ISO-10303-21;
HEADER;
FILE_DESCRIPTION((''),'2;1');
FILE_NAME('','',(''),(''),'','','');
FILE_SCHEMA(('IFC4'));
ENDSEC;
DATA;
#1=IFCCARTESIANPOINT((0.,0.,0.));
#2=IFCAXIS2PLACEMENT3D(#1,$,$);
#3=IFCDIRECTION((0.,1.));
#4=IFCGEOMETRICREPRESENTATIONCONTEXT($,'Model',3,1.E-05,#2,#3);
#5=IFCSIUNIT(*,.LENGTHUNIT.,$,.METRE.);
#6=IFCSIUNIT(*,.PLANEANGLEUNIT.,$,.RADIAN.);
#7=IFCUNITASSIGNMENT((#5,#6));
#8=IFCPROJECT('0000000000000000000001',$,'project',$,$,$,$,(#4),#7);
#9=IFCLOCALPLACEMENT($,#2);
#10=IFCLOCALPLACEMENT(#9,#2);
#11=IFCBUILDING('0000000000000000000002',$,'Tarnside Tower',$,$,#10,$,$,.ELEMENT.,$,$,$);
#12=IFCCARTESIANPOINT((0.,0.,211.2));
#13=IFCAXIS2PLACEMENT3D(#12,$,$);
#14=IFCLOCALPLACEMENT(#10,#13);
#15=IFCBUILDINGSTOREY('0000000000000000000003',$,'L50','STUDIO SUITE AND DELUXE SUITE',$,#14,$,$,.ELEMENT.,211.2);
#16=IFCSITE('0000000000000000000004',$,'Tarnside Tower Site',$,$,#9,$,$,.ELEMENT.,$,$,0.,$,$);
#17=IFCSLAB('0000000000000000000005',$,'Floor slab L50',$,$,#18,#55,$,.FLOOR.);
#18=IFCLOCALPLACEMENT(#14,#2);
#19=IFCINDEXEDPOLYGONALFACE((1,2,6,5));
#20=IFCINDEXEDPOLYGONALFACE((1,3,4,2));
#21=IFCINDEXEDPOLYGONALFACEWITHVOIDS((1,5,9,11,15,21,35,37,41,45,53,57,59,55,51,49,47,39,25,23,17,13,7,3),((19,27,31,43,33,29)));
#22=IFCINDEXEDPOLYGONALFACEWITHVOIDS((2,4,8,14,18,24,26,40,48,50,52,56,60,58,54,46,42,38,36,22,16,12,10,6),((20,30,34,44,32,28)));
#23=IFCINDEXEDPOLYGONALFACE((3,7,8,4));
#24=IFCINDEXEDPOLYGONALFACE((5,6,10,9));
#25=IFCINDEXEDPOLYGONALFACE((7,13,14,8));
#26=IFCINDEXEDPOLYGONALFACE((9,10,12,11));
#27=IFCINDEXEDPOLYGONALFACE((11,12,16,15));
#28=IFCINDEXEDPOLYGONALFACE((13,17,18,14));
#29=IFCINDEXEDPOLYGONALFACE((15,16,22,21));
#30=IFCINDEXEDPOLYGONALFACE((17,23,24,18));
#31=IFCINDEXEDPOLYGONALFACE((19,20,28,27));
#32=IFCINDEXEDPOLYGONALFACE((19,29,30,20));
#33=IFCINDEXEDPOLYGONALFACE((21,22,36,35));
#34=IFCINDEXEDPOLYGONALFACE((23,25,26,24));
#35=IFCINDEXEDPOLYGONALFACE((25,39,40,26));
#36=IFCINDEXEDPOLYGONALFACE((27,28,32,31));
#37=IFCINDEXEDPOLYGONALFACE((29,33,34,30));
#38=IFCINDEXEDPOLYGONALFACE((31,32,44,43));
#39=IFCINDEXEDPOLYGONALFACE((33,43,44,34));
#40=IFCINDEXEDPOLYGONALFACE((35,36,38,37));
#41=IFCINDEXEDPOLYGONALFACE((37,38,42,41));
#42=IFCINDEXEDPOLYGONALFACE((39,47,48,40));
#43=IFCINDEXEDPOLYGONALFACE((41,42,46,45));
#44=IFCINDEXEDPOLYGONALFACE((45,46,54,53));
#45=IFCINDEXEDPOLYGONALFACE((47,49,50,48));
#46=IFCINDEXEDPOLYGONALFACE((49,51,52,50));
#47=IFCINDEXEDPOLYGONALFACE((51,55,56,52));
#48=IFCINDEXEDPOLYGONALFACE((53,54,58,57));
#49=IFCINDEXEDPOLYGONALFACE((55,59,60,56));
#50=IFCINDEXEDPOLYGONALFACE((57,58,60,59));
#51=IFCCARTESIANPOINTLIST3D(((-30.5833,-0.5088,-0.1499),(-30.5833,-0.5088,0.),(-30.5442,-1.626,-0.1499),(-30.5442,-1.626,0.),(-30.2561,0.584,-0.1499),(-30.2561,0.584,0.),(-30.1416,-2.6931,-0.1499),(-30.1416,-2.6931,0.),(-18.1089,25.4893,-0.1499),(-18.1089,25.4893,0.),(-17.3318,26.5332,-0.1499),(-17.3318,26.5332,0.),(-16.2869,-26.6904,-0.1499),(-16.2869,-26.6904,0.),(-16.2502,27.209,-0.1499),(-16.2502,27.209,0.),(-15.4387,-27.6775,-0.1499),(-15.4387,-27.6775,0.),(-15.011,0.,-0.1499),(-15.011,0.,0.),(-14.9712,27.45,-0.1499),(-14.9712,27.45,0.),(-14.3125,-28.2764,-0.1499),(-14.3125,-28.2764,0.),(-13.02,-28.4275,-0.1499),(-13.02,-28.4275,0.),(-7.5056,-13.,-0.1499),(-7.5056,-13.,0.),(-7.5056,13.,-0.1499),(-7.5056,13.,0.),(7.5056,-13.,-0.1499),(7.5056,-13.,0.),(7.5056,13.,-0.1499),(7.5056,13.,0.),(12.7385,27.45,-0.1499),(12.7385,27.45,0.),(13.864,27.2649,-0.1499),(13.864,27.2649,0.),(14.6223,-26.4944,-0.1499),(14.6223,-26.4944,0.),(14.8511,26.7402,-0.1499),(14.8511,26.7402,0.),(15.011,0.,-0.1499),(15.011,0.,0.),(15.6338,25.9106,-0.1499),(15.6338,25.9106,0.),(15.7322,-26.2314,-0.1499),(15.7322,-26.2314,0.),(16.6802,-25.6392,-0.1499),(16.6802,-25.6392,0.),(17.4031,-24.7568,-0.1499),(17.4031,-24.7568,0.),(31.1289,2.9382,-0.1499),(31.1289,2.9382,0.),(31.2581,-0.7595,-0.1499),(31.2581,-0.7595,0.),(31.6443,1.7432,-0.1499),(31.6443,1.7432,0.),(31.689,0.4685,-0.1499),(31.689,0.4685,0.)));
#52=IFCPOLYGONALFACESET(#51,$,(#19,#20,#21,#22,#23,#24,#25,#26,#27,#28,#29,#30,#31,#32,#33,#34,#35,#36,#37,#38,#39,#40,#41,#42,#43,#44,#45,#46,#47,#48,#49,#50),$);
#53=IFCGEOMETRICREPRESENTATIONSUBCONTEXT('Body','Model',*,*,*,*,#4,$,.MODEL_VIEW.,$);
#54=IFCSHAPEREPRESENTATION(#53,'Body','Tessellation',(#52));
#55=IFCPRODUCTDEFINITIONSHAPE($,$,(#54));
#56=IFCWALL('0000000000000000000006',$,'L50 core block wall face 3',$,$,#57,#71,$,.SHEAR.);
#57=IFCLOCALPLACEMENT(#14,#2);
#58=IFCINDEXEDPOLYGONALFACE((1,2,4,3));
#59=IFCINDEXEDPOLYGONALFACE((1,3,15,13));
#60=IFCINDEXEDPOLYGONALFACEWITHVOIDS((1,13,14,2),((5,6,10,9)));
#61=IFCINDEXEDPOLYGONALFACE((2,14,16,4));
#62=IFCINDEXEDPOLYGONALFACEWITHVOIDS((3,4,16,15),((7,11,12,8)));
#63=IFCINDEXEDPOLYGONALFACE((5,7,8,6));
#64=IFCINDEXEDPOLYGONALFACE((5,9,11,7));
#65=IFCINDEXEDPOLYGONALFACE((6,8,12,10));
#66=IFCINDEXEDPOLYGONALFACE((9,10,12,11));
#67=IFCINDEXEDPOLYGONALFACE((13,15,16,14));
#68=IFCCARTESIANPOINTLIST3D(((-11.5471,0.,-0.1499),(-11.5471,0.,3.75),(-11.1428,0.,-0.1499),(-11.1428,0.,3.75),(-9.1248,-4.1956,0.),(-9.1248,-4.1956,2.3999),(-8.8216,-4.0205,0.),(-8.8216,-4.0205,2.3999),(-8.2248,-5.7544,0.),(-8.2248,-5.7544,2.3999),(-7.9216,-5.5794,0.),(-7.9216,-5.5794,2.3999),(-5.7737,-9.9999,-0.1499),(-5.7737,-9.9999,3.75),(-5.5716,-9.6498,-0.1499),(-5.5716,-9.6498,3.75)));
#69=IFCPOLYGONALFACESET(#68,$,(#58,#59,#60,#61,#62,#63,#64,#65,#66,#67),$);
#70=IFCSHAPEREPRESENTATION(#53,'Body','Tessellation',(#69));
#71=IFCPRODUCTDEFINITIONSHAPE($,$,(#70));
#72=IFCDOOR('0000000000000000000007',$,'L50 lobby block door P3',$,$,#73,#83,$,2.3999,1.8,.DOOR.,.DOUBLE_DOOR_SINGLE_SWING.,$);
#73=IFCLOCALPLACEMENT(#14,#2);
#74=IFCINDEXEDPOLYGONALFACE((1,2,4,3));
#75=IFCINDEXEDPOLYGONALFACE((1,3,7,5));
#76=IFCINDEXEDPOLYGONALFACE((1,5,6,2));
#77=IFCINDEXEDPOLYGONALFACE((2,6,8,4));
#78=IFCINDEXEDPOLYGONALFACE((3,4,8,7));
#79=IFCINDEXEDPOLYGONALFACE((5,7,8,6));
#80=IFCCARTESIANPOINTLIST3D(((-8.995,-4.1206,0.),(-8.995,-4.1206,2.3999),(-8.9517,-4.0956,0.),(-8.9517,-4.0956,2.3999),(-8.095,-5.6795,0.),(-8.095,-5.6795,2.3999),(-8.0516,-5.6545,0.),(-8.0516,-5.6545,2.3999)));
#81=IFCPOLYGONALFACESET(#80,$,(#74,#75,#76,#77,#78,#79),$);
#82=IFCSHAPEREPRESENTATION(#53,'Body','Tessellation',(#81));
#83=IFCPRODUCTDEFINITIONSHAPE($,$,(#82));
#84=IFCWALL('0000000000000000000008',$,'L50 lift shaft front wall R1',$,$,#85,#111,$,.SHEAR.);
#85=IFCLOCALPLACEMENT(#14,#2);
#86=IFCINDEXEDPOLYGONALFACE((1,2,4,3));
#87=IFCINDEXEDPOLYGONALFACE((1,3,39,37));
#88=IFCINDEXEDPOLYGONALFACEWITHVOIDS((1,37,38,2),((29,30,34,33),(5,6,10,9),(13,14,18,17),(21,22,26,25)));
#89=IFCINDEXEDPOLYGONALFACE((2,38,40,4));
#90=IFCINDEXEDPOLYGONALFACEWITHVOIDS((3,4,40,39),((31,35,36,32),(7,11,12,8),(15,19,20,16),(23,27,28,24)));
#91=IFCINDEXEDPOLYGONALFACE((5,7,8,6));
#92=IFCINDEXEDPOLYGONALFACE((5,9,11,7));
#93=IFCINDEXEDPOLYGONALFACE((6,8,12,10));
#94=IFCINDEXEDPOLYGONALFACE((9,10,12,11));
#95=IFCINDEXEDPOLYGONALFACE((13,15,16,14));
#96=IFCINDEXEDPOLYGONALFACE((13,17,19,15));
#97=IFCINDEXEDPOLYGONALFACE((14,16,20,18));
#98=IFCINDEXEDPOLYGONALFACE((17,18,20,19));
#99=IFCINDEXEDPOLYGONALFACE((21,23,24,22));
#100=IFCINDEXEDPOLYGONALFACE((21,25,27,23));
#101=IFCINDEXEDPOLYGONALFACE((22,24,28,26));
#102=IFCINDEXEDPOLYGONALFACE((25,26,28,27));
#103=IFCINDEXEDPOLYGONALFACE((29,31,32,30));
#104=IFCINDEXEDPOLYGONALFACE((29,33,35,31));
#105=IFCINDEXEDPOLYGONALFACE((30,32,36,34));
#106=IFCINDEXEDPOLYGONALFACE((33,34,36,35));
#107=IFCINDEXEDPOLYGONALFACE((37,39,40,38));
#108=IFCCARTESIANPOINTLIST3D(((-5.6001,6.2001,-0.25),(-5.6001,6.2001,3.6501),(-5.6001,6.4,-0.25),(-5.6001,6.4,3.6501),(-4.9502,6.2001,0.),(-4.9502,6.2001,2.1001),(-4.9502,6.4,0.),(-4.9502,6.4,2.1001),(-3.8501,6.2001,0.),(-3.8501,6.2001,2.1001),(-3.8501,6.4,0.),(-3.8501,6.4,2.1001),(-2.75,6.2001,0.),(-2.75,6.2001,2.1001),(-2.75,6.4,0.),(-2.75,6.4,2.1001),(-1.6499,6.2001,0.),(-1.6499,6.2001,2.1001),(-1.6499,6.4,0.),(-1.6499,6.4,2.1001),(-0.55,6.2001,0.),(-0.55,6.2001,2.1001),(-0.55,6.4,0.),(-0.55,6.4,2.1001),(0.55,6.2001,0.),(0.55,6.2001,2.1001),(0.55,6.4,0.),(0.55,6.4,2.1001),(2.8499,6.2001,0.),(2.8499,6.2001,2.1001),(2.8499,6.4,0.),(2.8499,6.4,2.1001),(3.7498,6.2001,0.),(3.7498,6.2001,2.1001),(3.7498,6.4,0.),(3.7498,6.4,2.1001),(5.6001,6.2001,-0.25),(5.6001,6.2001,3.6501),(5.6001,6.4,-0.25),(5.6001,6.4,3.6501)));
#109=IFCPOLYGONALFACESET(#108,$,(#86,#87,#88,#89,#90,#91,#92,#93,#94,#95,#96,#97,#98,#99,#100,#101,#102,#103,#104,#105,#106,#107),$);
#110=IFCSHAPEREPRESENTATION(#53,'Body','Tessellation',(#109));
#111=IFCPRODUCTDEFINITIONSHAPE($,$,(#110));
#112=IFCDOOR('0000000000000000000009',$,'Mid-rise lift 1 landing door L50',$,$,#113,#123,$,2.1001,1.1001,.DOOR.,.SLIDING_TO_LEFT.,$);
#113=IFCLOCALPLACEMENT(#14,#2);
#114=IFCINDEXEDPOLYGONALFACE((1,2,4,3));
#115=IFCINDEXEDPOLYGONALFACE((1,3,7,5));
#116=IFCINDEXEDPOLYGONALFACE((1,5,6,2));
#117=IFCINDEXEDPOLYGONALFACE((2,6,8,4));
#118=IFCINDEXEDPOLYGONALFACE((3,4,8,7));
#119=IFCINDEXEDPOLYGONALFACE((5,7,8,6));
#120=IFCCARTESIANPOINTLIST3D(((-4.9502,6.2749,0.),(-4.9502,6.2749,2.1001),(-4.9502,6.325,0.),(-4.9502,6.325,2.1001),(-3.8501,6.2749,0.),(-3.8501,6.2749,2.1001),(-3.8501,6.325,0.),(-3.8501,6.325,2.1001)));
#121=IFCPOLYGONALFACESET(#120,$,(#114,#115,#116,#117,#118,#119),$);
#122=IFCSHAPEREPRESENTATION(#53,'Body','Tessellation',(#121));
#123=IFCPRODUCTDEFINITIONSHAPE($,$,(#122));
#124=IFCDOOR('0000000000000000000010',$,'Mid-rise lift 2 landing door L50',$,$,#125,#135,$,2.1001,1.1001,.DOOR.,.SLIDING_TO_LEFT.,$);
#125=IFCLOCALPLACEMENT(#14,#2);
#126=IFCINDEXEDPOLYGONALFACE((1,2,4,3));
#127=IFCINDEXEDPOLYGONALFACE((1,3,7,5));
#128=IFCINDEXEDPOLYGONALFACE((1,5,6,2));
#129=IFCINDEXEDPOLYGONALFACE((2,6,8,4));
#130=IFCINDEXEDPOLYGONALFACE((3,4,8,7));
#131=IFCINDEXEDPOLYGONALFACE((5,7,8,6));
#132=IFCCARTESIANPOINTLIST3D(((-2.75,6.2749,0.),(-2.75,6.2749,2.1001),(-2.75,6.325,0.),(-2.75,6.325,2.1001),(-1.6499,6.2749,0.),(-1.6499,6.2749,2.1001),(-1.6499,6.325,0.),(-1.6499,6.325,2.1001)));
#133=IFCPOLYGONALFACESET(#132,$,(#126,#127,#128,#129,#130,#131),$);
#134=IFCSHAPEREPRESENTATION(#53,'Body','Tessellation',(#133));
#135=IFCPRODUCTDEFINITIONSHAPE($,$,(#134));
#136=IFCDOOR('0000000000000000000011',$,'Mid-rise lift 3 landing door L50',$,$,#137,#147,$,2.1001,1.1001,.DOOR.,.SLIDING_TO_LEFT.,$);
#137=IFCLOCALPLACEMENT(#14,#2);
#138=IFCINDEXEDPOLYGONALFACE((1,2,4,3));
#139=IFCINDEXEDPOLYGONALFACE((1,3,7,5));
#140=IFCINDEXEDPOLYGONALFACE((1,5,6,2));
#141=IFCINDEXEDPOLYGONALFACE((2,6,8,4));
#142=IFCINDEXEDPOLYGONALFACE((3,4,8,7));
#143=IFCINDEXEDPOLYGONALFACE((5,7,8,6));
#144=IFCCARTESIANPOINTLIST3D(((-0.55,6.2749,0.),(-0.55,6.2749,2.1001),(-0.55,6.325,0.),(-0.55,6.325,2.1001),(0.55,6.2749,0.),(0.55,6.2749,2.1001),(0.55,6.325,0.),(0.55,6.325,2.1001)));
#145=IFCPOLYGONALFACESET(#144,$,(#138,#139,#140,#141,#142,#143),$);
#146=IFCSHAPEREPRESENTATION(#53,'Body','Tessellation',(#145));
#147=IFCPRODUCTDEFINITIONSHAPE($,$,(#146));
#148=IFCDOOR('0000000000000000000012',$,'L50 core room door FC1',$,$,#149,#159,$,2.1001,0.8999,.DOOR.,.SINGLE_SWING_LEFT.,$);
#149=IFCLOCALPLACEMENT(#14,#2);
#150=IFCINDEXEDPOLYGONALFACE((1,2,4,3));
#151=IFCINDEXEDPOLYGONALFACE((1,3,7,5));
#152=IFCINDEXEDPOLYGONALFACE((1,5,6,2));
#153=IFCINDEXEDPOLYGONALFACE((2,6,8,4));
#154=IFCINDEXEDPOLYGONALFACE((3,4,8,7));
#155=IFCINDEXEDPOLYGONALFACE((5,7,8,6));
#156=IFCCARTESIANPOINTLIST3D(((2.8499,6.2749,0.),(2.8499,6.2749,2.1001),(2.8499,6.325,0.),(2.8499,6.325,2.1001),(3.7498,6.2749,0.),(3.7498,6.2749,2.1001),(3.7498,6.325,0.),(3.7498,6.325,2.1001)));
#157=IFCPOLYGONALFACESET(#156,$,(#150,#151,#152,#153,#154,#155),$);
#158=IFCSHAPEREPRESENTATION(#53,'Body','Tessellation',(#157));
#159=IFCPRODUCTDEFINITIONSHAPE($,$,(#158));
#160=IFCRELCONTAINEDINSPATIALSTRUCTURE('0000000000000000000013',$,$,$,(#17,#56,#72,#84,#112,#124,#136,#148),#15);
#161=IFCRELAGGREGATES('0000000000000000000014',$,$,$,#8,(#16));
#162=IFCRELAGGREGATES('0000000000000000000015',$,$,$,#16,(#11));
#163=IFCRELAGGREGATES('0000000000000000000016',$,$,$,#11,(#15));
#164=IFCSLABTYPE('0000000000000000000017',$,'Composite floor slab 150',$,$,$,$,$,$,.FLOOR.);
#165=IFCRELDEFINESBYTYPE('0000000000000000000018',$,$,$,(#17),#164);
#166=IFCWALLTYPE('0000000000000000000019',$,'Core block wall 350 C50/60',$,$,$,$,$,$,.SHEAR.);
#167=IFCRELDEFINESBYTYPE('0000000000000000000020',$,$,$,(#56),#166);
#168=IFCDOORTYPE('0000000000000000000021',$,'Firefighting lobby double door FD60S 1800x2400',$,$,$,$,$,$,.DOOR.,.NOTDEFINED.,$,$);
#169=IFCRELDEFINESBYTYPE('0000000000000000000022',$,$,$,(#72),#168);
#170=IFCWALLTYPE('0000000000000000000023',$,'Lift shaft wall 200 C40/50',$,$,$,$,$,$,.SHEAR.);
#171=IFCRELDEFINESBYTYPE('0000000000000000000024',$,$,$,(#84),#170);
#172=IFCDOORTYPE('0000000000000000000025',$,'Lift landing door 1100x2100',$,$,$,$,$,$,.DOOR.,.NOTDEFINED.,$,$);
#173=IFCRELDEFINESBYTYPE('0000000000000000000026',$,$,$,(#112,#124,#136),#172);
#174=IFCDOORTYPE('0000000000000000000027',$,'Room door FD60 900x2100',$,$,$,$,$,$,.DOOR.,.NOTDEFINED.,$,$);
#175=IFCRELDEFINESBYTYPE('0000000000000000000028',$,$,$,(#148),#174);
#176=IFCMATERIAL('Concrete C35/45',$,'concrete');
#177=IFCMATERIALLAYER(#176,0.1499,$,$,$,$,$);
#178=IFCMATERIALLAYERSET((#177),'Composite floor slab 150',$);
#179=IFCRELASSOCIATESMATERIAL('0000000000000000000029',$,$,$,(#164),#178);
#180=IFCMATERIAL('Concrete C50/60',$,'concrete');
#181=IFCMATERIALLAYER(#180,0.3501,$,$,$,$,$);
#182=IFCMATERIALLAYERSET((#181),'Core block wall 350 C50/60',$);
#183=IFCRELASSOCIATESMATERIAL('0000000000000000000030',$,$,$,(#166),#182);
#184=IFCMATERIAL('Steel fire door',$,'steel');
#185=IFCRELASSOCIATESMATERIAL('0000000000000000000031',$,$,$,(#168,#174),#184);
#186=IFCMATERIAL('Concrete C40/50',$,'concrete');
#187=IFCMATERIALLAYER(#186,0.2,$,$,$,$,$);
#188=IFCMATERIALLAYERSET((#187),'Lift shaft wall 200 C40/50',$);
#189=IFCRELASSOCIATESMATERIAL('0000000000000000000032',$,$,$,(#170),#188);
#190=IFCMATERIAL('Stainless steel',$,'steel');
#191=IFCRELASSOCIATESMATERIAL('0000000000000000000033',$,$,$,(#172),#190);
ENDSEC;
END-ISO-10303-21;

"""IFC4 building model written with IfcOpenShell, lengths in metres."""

from ifc_helpers import new_model, si_unit, direction, frame, frame_2d, origin, place, context, subcontext, project, spatial, polyline, rectangle, outline, extrude, material, layer, layer_set, type_object, element, fill, save


model = new_model("IFC4")

# Units and contexts
model_context = context("Model", 3, precision=1e-05, world=origin(), true_north=direction((0.0, 1.0)))
body_context = subcontext(model_context, "Body", "Model", "MODEL_VIEW")
ifc_project = project(units=[si_unit("LENGTHUNIT", "METRE"), si_unit("PLANEANGLEUNIT", "RADIAN")], contexts=[model_context])

# Site, building, storey
site_placement = place(None, origin())
site = spatial("IfcSite", under=ifc_project, at=site_placement, Name="Tarnside Tower Site", CompositionType="ELEMENT", RefElevation=0.0)
building_placement = place(site_placement, origin())
building = spatial("IfcBuilding", under=site, at=building_placement, Name="Tarnside Tower", CompositionType="ELEMENT")
storey_placement = place(building_placement, frame((0.0, 0.0, 211.2)))
storey = spatial("IfcBuildingStorey", under=building, at=storey_placement, Name="L50", Description="STUDIO SUITE AND DELUXE SUITE", CompositionType="ELEMENT", Elevation=211.2)

# Slab
ifc_material_1 = material(Name="Concrete C35/45", Category="concrete")
ifc_layer_1 = layer(ifc_material_1, 0.1499)
ifc_layer_set_1 = layer_set([ifc_layer_1], Name="Composite floor slab 150")
slab_type = type_object("IfcSlabType", Name="Composite floor slab 150", PredefinedType="FLOOR", material=ifc_layer_set_1)
slab_placement = place(storey_placement, frame((0.0, 0.0, -0.1499)))
element("IfcSlab", 1, at=slab_placement, inside=storey, type_object=slab_type, Name="Floor slab L50", PredefinedType="FLOOR", context=body_context, shape_type="SweptSolid", body=[
    extrude(outline(polyline([(13.864, 27.2649), (14.8511, 26.7402), (15.6338, 25.9106), (31.1289, 2.9382), (31.6443, 1.7432), (31.689, 0.4685), (31.2581, -0.7595), (17.4031, -24.7568), (16.6802, -25.6392), (15.7322, -26.2314), (14.6223, -26.4944), (-13.02, -28.4275), (-14.3125, -28.2764), (-15.4387, -27.6775), (-16.2869, -26.6904), (-30.1416, -2.6931), (-30.5442, -1.626), (-30.5833, -0.5088), (-30.2561, 0.584), (-18.1089, 25.4893), (-17.3318, 26.5332), (-16.2502, 27.209), (-14.9712, 27.45), (12.7385, 27.45), (13.864, 27.2649)]), holes=[polyline([(-15.011, 0.0), (-7.5056, -13.0), (7.5056, -13.0), (15.011, 0.0), (7.5056, 13.0), (-7.5056, 13.0), (-15.011, 0.0)])]), origin(), (0.0, 0.0, 1.0), 0.1499),
])

# Wall, opening, door
ifc_material_2 = material(Name="Concrete C50/60", Category="concrete")
ifc_layer_2 = layer(ifc_material_2, 0.3501)
ifc_layer_set_2 = layer_set([ifc_layer_2], Name="Core block wall 350 C50/60")
wall_type_1 = type_object("IfcWallType", Name="Core block wall 350 C50/60", PredefinedType="SHEAR", material=ifc_layer_set_2)
wall_1_placement = place(storey_placement, frame((-11.345, 0.0, -0.1499), z_axis=(0.0, 0.0, 1.0), x_axis=(0.499995, -0.866028, 0.0)))
wall_1 = element("IfcWall", 2, at=wall_1_placement, inside=storey, type_object=wall_type_1, Name="L50 core block wall face 3", PredefinedType="SHEAR", context=body_context, shape_type="SweptSolid", body=[
    extrude(outline(polyline([(-0.1011, -0.175), (11.4458, -0.175), (11.2437, 0.175), (0.1011, 0.175), (-0.1011, -0.175)])), origin(), (0.0, 0.0, 1.0), 3.8999),
])
opening_1_placement = place(wall_1_placement, frame((4.7437, 0.0, 0.1499)))
opening_1 = element("IfcOpeningElement", 3, at=opening_1_placement, cuts=wall_1, PredefinedType="OPENING", context=body_context, shape_type="SweptSolid", body=[
    extrude(rectangle(XDim=1.8, YDim=2.3999, at=frame_2d((0.8999, 1.2))), frame((0.0, 0.1851, 0.0), z_axis=(0.0, -1.0, 0.0), x_axis=(1.0, 0.0, 0.0)), (0.0, 0.0, 1.0), 0.3701),
])
ifc_material_3 = material(Name="Steel fire door", Category="steel")
door_type_1 = type_object("IfcDoorType", Name="Firefighting lobby double door FD60S 1800x2400", OperationType="NOTDEFINED", PredefinedType="DOOR", material=ifc_material_3)
door_1_placement = place(opening_1_placement, origin())
door_1 = element("IfcDoor", 4, at=door_1_placement, inside=storey, type_object=door_type_1, Name="L50 lobby block door P3", OperationType="DOUBLE_DOOR_SINGLE_SWING", OverallHeight=2.3999, OverallWidth=1.8, PredefinedType="DOOR", context=body_context, shape_type="SweptSolid", body=[
    extrude(rectangle(XDim=1.8, YDim=2.3999, at=frame_2d((0.8999, 1.2))), frame((0.0, 0.0249, 0.0), z_axis=(0.0, -1.0, 0.0), x_axis=(1.0, 0.0, 0.0)), (0.0, 0.0, 1.0), 0.05),
])
fill(opening_1, door_1)

# Wall, openings, doors
ifc_material_4 = material(Name="Concrete C40/50", Category="concrete")
ifc_layer_3 = layer(ifc_material_4, 0.2)
ifc_layer_set_3 = layer_set([ifc_layer_3], Name="Lift shaft wall 200 C40/50")
wall_type_2 = type_object("IfcWallType", Name="Lift shaft wall 200 C40/50", PredefinedType="SHEAR", material=ifc_layer_set_3)
wall_2_placement = place(storey_placement, frame((-5.6001, 6.3, -0.25), z_axis=(0.0, 0.0, 1.0), x_axis=(1.0, 0.0, 0.0)))
wall_2 = element("IfcWall", 5, at=wall_2_placement, inside=storey, type_object=wall_type_2, Name="L50 lift shaft front wall R1", PredefinedType="SHEAR", context=body_context, shape_type="SweptSolid", body=[
    extrude(rectangle(XDim=11.2002, YDim=0.2, at=frame_2d((5.6001, 0.0))), origin(), (0.0, 0.0, 1.0), 3.9001),
])
opening_2_placement = place(wall_2_placement, frame((8.45, 0.0, 0.25)))
opening_2 = element("IfcOpeningElement", 6, at=opening_2_placement, cuts=wall_2, PredefinedType="OPENING", context=body_context, shape_type="SweptSolid", body=[
    extrude(rectangle(XDim=0.8999, YDim=2.1001, at=frame_2d((0.45, 1.05))), frame((0.0, 0.1099, 0.0), z_axis=(0.0, -1.0, 0.0), x_axis=(1.0, 0.0, 0.0)), (0.0, 0.0, 1.0), 0.22),
])
opening_3_placement = place(wall_2_placement, frame((0.6499, 0.0, 0.25)))
opening_3 = element("IfcOpeningElement", 7, at=opening_3_placement, cuts=wall_2, PredefinedType="OPENING", context=body_context, shape_type="SweptSolid", body=[
    extrude(rectangle(XDim=1.1001, YDim=2.1001, at=frame_2d((0.55, 1.05))), frame((0.0, 0.1099, 0.0), z_axis=(0.0, -1.0, 0.0), x_axis=(1.0, 0.0, 0.0)), (0.0, 0.0, 1.0), 0.22),
])
opening_4_placement = place(wall_2_placement, frame((2.8501, 0.0, 0.25)))
opening_4 = element("IfcOpeningElement", 8, at=opening_4_placement, cuts=wall_2, PredefinedType="OPENING", context=body_context, shape_type="SweptSolid", body=[
    extrude(rectangle(XDim=1.1001, YDim=2.1001, at=frame_2d((0.55, 1.05))), frame((0.0, 0.1099, 0.0), z_axis=(0.0, -1.0, 0.0), x_axis=(1.0, 0.0, 0.0)), (0.0, 0.0, 1.0), 0.22),
])
opening_5_placement = place(wall_2_placement, frame((5.05, 0.0, 0.25)))
opening_5 = element("IfcOpeningElement", 9, at=opening_5_placement, cuts=wall_2, PredefinedType="OPENING", context=body_context, shape_type="SweptSolid", body=[
    extrude(rectangle(XDim=1.1001, YDim=2.1001, at=frame_2d((0.55, 1.05))), frame((0.0, 0.1099, 0.0), z_axis=(0.0, -1.0, 0.0), x_axis=(1.0, 0.0, 0.0)), (0.0, 0.0, 1.0), 0.22),
])
ifc_material_5 = material(Name="Stainless steel", Category="steel")
door_type_2 = type_object("IfcDoorType", Name="Lift landing door 1100x2100", OperationType="NOTDEFINED", PredefinedType="DOOR", material=ifc_material_5)
door_2_placement = place(opening_3_placement, origin())
door_2 = element("IfcDoor", 10, at=door_2_placement, inside=storey, type_object=door_type_2, Name="Mid-rise lift 1 landing door L50", OperationType="SLIDING_TO_LEFT", OverallHeight=2.1001, OverallWidth=1.1001, PredefinedType="DOOR", context=body_context, shape_type="SweptSolid", body=[
    extrude(rectangle(XDim=1.1001, YDim=2.1001, at=frame_2d((0.55, 1.05))), frame((0.0, 0.0249, 0.0), z_axis=(0.0, -1.0, 0.0), x_axis=(1.0, 0.0, 0.0)), (0.0, 0.0, 1.0), 0.05),
])
fill(opening_3, door_2)
door_3_placement = place(opening_4_placement, origin())
door_3 = element("IfcDoor", 11, at=door_3_placement, inside=storey, type_object=door_type_2, Name="Mid-rise lift 2 landing door L50", OperationType="SLIDING_TO_LEFT", OverallHeight=2.1001, OverallWidth=1.1001, PredefinedType="DOOR", context=body_context, shape_type="SweptSolid", body=[
    extrude(rectangle(XDim=1.1001, YDim=2.1001, at=frame_2d((0.55, 1.05))), frame((0.0, 0.0249, 0.0), z_axis=(0.0, -1.0, 0.0), x_axis=(1.0, 0.0, 0.0)), (0.0, 0.0, 1.0), 0.05),
])
fill(opening_4, door_3)
door_4_placement = place(opening_5_placement, origin())
door_4 = element("IfcDoor", 12, at=door_4_placement, inside=storey, type_object=door_type_2, Name="Mid-rise lift 3 landing door L50", OperationType="SLIDING_TO_LEFT", OverallHeight=2.1001, OverallWidth=1.1001, PredefinedType="DOOR", context=body_context, shape_type="SweptSolid", body=[
    extrude(rectangle(XDim=1.1001, YDim=2.1001, at=frame_2d((0.55, 1.05))), frame((0.0, 0.0249, 0.0), z_axis=(0.0, -1.0, 0.0), x_axis=(1.0, 0.0, 0.0)), (0.0, 0.0, 1.0), 0.05),
])
fill(opening_5, door_4)
door_type_3 = type_object("IfcDoorType", Name="Room door FD60 900x2100", OperationType="NOTDEFINED", PredefinedType="DOOR", material=ifc_material_3)
door_5_placement = place(opening_2_placement, origin())
door_5 = element("IfcDoor", 13, at=door_5_placement, inside=storey, type_object=door_type_3, Name="L50 core room door FC1", OperationType="SINGLE_SWING_LEFT", OverallHeight=2.1001, OverallWidth=0.8999, PredefinedType="DOOR", context=body_context, shape_type="SweptSolid", body=[
    extrude(rectangle(XDim=0.8999, YDim=2.1001, at=frame_2d((0.45, 1.05))), frame((0.0, 0.0249, 0.0), z_axis=(0.0, -1.0, 0.0), x_axis=(1.0, 0.0, 0.0)), (0.0, 0.0, 1.0), 0.05),
])
fill(opening_2, door_5)

save(model, "model.ifc")
